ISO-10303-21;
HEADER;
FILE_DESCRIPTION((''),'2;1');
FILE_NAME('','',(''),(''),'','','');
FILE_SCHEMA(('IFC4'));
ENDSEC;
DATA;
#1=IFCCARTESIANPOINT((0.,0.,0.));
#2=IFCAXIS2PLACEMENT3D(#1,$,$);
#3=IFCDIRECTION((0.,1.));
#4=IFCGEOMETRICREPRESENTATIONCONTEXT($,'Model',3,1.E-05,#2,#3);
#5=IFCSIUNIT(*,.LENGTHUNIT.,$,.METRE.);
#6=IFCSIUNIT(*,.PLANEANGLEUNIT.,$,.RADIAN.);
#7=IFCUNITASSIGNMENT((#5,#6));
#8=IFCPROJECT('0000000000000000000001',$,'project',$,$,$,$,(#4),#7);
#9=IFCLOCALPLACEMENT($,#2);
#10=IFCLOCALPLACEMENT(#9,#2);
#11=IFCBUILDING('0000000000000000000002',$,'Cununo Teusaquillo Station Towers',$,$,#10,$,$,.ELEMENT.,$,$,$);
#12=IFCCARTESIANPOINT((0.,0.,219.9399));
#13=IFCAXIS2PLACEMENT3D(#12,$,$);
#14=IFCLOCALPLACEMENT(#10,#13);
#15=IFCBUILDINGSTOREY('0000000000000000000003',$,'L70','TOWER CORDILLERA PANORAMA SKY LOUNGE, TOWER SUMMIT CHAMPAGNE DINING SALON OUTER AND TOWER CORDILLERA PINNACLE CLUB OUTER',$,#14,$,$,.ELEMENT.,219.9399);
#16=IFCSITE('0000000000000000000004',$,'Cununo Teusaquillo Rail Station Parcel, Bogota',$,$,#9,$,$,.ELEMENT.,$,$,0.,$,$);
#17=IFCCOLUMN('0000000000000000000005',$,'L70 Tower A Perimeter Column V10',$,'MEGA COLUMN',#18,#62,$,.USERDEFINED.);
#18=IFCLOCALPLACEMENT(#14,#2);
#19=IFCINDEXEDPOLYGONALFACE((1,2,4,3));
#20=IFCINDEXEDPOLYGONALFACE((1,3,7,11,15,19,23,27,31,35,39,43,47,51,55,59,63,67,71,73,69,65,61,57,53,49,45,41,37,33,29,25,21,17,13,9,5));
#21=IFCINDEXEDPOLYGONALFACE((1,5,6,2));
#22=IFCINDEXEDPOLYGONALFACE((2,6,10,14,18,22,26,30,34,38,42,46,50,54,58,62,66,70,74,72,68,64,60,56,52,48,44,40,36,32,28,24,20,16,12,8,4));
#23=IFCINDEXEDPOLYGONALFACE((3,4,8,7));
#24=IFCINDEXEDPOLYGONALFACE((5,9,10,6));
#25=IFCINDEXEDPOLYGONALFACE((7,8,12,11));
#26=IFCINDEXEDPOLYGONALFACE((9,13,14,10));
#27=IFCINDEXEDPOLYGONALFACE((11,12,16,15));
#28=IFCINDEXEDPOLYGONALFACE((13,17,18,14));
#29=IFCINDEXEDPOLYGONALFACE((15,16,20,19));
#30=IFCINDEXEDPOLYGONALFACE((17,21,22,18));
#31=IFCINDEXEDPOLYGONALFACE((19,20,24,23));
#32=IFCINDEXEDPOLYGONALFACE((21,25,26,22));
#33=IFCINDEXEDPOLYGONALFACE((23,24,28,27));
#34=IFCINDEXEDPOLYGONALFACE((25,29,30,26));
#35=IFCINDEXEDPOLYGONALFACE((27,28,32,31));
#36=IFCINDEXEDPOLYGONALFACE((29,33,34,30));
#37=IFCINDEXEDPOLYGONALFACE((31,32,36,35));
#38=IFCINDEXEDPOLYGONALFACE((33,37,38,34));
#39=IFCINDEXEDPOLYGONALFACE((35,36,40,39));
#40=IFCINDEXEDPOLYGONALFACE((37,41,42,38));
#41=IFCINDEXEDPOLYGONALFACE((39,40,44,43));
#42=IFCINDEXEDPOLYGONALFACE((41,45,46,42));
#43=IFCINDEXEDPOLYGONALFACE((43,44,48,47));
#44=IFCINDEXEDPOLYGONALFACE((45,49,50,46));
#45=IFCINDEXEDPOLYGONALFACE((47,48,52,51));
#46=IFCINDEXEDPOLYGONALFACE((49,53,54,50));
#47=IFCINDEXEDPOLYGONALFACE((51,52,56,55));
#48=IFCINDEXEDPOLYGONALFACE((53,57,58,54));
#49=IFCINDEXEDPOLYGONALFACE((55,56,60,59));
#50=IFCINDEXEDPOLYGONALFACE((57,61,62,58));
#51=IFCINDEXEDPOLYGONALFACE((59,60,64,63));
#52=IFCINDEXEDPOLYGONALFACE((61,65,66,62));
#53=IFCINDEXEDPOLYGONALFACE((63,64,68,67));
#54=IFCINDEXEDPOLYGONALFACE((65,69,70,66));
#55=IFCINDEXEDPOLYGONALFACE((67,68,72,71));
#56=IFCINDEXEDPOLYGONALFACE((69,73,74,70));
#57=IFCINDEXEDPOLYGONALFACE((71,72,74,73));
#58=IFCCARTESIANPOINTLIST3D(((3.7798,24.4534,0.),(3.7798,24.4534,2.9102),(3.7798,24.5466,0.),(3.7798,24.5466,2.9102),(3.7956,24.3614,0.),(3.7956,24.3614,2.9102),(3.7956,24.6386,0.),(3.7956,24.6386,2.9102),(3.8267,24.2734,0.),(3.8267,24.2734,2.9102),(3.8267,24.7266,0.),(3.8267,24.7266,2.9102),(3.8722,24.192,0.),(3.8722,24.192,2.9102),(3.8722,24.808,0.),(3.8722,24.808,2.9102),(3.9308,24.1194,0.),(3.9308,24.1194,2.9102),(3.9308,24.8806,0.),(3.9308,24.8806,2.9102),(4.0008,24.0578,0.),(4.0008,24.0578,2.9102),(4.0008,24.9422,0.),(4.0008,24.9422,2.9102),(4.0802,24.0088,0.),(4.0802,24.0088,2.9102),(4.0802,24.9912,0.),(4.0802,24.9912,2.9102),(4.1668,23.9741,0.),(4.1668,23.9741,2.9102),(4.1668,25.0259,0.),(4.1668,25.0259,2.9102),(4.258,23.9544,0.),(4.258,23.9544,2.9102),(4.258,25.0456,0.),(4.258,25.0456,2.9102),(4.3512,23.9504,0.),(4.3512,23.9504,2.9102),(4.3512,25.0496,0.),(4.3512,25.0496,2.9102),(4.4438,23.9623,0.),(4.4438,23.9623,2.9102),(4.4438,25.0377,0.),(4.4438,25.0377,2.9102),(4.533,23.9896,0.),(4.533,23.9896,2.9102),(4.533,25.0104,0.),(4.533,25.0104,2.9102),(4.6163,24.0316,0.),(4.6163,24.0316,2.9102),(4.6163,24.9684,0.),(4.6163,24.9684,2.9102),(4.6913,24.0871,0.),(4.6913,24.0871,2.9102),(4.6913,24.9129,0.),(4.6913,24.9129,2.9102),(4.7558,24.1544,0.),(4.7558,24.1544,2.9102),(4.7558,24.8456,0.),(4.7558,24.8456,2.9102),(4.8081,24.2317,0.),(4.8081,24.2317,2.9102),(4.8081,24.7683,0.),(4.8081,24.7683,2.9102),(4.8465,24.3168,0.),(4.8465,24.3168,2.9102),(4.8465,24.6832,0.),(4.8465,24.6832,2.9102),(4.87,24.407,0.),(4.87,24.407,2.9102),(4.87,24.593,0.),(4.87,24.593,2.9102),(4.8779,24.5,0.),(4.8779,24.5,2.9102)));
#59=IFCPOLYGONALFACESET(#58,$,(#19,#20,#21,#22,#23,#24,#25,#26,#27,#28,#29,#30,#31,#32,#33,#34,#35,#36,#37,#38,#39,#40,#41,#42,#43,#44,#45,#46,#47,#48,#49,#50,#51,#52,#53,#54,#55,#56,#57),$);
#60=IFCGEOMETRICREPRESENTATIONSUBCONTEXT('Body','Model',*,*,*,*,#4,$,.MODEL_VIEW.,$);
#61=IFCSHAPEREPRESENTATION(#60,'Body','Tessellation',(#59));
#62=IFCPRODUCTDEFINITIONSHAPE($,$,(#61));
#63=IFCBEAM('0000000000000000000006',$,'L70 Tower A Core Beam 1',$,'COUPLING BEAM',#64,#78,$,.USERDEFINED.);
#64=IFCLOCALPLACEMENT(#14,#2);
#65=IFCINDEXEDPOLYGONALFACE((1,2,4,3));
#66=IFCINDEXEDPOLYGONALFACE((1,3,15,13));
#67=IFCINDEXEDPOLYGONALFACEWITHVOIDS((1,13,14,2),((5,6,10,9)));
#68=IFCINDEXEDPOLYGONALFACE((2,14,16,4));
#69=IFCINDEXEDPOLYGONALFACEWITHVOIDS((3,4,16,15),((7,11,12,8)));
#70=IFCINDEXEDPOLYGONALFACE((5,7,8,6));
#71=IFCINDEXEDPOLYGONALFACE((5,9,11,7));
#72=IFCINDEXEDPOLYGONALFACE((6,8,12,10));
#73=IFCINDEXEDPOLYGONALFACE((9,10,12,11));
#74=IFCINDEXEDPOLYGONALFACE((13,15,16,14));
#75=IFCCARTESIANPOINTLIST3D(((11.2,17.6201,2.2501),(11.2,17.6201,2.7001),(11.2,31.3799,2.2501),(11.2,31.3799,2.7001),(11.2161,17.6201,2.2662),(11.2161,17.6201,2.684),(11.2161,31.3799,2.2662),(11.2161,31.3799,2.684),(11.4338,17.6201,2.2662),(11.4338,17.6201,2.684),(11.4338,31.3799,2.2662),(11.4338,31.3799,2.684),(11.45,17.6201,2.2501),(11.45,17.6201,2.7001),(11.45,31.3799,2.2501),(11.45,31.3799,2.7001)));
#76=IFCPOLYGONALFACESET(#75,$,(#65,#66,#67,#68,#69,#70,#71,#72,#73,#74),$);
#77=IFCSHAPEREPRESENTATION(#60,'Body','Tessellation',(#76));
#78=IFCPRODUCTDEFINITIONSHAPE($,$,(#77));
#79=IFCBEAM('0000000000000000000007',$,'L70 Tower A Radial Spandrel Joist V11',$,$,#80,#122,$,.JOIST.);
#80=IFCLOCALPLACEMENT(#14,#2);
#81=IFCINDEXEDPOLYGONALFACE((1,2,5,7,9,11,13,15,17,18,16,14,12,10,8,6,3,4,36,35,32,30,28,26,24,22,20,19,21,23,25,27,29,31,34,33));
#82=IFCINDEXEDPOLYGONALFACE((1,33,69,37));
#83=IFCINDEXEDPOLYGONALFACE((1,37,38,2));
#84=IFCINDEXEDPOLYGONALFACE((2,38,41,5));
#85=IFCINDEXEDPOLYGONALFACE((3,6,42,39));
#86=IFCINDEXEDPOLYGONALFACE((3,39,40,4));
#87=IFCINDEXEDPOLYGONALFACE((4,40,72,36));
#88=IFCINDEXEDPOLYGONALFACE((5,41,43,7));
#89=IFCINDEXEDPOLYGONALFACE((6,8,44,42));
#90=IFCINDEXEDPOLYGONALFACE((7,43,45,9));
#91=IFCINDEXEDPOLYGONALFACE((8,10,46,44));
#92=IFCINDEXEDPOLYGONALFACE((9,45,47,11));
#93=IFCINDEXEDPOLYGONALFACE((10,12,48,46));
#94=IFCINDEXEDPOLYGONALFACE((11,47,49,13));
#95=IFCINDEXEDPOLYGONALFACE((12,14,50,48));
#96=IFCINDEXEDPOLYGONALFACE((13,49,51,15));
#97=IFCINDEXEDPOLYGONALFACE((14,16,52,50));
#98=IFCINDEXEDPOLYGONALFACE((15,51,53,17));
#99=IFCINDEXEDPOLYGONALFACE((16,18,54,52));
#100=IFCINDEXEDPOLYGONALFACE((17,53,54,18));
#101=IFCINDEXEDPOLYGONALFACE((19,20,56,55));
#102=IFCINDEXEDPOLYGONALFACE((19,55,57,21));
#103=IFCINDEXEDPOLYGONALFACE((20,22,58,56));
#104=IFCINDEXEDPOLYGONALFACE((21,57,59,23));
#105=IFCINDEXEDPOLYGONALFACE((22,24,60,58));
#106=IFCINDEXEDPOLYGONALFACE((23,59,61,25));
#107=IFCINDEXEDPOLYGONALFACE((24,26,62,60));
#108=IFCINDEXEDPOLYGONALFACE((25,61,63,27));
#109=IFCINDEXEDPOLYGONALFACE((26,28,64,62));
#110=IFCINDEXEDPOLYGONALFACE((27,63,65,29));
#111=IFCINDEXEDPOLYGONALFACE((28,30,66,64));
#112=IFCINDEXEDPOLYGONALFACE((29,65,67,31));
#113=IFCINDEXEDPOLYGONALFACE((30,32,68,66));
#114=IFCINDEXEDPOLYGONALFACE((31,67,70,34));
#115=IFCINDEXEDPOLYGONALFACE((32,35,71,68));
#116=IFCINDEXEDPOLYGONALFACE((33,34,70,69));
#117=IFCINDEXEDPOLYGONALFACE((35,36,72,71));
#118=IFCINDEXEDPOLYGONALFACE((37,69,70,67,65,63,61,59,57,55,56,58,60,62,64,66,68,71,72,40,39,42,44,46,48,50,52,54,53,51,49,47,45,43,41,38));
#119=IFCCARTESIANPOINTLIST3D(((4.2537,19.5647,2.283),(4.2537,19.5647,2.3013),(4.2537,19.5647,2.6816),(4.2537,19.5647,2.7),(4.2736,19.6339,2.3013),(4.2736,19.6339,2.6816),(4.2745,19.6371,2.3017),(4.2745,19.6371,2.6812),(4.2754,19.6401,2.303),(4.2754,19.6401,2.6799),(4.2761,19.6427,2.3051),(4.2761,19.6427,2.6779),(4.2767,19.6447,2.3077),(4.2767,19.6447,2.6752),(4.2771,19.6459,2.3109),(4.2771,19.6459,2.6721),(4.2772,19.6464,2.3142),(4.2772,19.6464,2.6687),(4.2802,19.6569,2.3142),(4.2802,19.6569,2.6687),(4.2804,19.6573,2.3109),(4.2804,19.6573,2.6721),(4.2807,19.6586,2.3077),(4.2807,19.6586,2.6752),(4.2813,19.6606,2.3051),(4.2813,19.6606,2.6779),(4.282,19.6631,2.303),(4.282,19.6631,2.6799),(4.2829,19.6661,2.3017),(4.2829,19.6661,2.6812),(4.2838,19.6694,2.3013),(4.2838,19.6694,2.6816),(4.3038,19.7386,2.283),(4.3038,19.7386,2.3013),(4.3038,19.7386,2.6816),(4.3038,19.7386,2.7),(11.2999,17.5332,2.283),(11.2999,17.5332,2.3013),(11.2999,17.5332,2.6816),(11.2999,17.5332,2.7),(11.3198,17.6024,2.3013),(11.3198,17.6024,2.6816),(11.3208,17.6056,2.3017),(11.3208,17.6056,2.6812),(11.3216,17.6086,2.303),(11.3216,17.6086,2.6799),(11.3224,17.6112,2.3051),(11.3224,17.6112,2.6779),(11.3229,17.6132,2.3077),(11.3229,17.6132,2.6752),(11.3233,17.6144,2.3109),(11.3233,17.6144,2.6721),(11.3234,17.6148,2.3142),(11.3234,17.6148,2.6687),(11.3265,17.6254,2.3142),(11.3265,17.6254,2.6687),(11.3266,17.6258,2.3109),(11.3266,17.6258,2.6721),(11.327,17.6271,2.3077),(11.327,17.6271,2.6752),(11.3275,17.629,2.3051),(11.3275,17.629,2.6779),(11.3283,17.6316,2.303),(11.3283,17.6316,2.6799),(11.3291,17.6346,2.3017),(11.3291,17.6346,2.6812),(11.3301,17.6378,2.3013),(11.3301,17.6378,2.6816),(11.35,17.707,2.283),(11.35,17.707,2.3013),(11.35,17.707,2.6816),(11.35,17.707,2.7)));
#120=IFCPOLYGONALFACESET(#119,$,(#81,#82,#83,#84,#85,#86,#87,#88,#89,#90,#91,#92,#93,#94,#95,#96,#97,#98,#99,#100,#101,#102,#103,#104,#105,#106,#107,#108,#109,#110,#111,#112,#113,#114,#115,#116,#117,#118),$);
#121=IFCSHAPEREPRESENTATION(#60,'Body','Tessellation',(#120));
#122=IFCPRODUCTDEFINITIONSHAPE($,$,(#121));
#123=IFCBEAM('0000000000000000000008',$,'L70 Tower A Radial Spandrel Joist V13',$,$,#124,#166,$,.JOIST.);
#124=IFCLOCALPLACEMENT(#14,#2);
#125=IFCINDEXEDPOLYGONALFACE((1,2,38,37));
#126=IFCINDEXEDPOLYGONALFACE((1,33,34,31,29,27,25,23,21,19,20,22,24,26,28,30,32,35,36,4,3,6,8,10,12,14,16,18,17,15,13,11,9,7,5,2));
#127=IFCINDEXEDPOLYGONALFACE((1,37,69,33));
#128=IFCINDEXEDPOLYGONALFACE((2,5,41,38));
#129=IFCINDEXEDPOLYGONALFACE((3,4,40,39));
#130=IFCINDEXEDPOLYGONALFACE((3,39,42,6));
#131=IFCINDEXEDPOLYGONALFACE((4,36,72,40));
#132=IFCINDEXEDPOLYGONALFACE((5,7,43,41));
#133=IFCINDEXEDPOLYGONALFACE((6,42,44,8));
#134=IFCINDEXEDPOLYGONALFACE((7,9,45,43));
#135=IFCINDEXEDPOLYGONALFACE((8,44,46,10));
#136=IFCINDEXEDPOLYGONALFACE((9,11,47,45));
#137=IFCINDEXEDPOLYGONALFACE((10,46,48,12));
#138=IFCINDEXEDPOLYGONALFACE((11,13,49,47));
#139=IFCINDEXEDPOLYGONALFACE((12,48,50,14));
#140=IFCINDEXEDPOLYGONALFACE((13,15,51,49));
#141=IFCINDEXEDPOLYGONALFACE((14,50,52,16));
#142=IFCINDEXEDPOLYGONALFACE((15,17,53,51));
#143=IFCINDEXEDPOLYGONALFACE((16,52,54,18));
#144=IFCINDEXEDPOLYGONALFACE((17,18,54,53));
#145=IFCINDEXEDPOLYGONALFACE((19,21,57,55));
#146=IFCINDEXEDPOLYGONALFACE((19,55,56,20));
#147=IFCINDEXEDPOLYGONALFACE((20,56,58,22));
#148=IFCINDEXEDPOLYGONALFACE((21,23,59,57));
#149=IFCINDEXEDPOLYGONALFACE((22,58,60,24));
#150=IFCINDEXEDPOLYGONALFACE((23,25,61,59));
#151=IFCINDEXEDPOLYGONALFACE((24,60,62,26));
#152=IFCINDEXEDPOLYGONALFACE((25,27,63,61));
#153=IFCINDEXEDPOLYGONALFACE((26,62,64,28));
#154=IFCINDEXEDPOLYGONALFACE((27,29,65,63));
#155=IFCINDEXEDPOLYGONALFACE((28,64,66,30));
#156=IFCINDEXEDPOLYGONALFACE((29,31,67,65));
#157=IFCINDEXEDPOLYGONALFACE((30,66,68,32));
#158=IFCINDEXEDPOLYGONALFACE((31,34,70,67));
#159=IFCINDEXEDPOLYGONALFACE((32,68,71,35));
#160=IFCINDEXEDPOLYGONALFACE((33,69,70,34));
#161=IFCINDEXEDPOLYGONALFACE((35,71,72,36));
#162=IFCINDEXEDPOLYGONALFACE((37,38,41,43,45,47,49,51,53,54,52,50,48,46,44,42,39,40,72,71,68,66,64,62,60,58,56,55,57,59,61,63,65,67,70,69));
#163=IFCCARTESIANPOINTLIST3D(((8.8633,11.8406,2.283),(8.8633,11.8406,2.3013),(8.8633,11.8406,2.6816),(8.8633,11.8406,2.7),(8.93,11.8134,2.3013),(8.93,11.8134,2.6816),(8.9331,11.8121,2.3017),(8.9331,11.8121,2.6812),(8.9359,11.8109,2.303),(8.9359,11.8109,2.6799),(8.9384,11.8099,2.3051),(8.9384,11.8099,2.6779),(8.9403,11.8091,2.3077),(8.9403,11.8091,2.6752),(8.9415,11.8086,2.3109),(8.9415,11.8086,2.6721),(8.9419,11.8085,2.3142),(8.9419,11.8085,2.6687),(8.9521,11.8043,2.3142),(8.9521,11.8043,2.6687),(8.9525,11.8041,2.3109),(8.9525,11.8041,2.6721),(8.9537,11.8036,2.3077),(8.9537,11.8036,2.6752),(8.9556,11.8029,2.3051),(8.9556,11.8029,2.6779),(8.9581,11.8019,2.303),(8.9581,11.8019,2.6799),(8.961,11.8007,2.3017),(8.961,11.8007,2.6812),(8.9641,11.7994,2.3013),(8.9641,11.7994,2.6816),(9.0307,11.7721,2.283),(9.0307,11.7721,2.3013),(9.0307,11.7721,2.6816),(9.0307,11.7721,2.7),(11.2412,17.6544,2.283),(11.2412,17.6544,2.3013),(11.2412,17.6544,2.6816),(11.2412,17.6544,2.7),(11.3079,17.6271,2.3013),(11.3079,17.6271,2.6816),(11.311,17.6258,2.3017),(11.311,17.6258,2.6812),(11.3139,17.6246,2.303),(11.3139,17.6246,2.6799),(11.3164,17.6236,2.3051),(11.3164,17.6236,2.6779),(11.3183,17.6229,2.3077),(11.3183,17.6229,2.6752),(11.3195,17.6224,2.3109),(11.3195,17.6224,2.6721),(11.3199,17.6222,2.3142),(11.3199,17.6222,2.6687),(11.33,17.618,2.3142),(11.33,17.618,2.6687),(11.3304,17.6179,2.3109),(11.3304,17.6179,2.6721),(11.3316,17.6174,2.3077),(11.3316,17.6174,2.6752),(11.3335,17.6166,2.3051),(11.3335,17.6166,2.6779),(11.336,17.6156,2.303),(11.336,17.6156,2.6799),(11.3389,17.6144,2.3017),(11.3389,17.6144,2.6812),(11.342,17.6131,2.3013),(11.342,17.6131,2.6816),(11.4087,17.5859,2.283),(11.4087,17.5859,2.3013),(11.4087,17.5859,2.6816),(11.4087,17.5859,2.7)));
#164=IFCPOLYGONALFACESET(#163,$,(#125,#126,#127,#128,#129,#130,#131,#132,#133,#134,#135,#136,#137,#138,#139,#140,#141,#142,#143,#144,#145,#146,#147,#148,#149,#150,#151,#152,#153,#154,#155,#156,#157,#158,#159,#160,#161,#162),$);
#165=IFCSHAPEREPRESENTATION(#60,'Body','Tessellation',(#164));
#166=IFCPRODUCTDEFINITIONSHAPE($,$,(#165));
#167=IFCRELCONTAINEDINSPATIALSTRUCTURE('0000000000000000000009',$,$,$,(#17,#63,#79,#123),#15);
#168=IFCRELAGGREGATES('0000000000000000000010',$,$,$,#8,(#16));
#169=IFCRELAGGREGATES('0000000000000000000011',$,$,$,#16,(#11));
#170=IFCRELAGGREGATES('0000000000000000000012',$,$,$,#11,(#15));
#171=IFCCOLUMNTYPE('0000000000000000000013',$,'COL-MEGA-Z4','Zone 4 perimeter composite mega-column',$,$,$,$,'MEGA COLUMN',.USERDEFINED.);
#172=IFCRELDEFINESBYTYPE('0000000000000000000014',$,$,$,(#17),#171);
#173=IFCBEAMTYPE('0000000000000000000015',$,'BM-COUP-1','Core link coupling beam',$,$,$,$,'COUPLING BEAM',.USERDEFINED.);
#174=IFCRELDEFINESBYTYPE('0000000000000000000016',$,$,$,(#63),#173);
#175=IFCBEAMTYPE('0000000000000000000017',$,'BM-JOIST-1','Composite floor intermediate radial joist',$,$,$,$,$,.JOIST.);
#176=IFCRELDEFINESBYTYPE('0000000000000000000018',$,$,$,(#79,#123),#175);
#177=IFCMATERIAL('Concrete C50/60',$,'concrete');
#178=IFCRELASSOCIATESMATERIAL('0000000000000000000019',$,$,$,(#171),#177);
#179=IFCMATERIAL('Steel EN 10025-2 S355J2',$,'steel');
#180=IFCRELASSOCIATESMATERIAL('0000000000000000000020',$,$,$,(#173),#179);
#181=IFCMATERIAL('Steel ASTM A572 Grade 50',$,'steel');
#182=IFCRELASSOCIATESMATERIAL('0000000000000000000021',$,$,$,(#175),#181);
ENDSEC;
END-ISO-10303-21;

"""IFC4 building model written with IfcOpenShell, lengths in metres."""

from ifc_helpers import new_model, si_unit, direction, frame, origin, origin_2d, place, context, subcontext, project, spatial, hollow_rectangle, circle, i_section, extrude, material, material_profile, profile_set, type_object, element, save


model = new_model("IFC4")

# Units and contexts
model_context = context("Model", 3, precision=1e-05, world=origin(), true_north=direction((0.0, 1.0)))
body_context = subcontext(model_context, "Body", "Model", "MODEL_VIEW")
ifc_project = project(units=[si_unit("LENGTHUNIT", "METRE"), si_unit("PLANEANGLEUNIT", "RADIAN")], contexts=[model_context])

# Site, building, storey
site_placement = place(None, origin())
site = spatial("IfcSite", under=ifc_project, at=site_placement, Name="Cununo Teusaquillo Rail Station Parcel, Bogota", CompositionType="ELEMENT", RefElevation=0.0)
building_placement = place(site_placement, origin())
building = spatial("IfcBuilding", under=site, at=building_placement, Name="Cununo Teusaquillo Station Towers", CompositionType="ELEMENT")
storey_placement = place(building_placement, frame((0.0, 0.0, 219.9399)))
storey = spatial("IfcBuildingStorey", under=building, at=storey_placement, Name="L70", Description="TOWER CORDILLERA PANORAMA SKY LOUNGE, TOWER SUMMIT CHAMPAGNE DINING SALON OUTER AND TOWER CORDILLERA PINNACLE CLUB OUTER", CompositionType="ELEMENT", Elevation=219.9399)

# Column
ifc_material_1 = material(Name="Concrete C50/60", Category="concrete")
ifc_material_profile_1 = material_profile(ifc_material_1, circle(Radius=0.55, at=origin_2d()), Name="RC-CIRC-1100")
ifc_profile_set_1 = profile_set([ifc_material_profile_1], Name="Concrete C50/60")
column_type = type_object("IfcColumnType", Name="COL-MEGA-Z4", Description="Zone 4 perimeter composite mega-column", ElementType="MEGA COLUMN", PredefinedType="USERDEFINED", material=ifc_profile_set_1)
column_placement = place(storey_placement, frame((4.3279, 24.5, 0.0), z_axis=(0.0, 0.0, 1.0), x_axis=(1.0, 0.0, 0.0)))
element("IfcColumn", 1, at=column_placement, inside=storey, type_object=column_type, Name="L70 Tower A Perimeter Column V10", ObjectType="MEGA COLUMN", PredefinedType="USERDEFINED", context=body_context, shape_type="SweptSolid", body=[
    extrude(circle(Radius=0.55, at=origin_2d()), origin(), (0.0, 0.0, 1.0), 2.9102),
])

# Beams
ifc_material_2 = material(Name="Steel EN 10025-2 S355J2", Category="steel")
ifc_material_profile_2 = material_profile(ifc_material_2, hollow_rectangle(XDim=0.25, YDim=0.45, WallThickness=0.0161, at=origin_2d()), Name="RHS 450x250x16")
ifc_profile_set_2 = profile_set([ifc_material_profile_2], Name="Steel EN 10025-2 S355J2")
beam_type_1 = type_object("IfcBeamType", Name="BM-COUP-1", Description="Core link coupling beam", ElementType="COUPLING BEAM", PredefinedType="USERDEFINED", material=ifc_profile_set_2)
beam_1_placement = place(storey_placement, frame((11.325, 17.6201, 2.4751), z_axis=(0.0, 1.0, 0.0), x_axis=(-1.0, 0.0, 0.0)))
element("IfcBeam", 2, at=beam_1_placement, inside=storey, type_object=beam_type_1, Name="L70 Tower A Core Beam 1", ObjectType="COUPLING BEAM", PredefinedType="USERDEFINED", context=body_context, shape_type="SweptSolid", body=[
    extrude(hollow_rectangle(XDim=0.25, YDim=0.45, WallThickness=0.0161, at=origin_2d()), origin(), (0.0, 0.0, 1.0), 13.7598),
])
ifc_material_3 = material(Name="Steel ASTM A572 Grade 50", Category="steel")
ifc_material_profile_3 = material_profile(ifc_material_3, i_section(OverallWidth=0.1809, OverallDepth=0.417, WebThickness=0.011, FlangeThickness=0.0183, FilletRadius=0.0129, at=origin_2d()), Name="W16X57")
ifc_profile_set_3 = profile_set([ifc_material_profile_3], Name="Steel ASTM A572 Grade 50")
beam_type_2 = type_object("IfcBeamType", Name="BM-JOIST-1", Description="Composite floor intermediate radial joist", PredefinedType="JOIST", material=ifc_profile_set_3)
beam_2_placement = place(storey_placement, frame((11.325, 17.6201, 2.4915), z_axis=(-0.960862, 0.277029, 0.0), x_axis=(-0.277029, -0.960862, 0.0)))
element("IfcBeam", 3, at=beam_2_placement, inside=storey, type_object=beam_type_2, Name="L70 Tower A Radial Spandrel Joist V11", PredefinedType="JOIST", context=body_context, shape_type="SweptSolid", body=[
    extrude(i_section(OverallWidth=0.1809, OverallDepth=0.417, WebThickness=0.011, FlangeThickness=0.0183, FilletRadius=0.0129, at=origin_2d()), origin(), (0.0, 0.0, 1.0), 7.3333),
])
beam_3_placement = place(storey_placement, frame((11.325, 17.6201, 2.4915), z_axis=(-0.378577, -0.92557, 0.0), x_axis=(0.92557, -0.378577, 0.0)))
element("IfcBeam", 4, at=beam_3_placement, inside=storey, type_object=beam_type_2, Name="L70 Tower A Radial Spandrel Joist V13", PredefinedType="JOIST", context=body_context, shape_type="SweptSolid", body=[
    extrude(i_section(OverallWidth=0.1809, OverallDepth=0.417, WebThickness=0.011, FlangeThickness=0.0183, FilletRadius=0.0129, at=origin_2d()), origin(), (0.0, 0.0, 1.0), 6.2812),
])

save(model, "model.ifc")
